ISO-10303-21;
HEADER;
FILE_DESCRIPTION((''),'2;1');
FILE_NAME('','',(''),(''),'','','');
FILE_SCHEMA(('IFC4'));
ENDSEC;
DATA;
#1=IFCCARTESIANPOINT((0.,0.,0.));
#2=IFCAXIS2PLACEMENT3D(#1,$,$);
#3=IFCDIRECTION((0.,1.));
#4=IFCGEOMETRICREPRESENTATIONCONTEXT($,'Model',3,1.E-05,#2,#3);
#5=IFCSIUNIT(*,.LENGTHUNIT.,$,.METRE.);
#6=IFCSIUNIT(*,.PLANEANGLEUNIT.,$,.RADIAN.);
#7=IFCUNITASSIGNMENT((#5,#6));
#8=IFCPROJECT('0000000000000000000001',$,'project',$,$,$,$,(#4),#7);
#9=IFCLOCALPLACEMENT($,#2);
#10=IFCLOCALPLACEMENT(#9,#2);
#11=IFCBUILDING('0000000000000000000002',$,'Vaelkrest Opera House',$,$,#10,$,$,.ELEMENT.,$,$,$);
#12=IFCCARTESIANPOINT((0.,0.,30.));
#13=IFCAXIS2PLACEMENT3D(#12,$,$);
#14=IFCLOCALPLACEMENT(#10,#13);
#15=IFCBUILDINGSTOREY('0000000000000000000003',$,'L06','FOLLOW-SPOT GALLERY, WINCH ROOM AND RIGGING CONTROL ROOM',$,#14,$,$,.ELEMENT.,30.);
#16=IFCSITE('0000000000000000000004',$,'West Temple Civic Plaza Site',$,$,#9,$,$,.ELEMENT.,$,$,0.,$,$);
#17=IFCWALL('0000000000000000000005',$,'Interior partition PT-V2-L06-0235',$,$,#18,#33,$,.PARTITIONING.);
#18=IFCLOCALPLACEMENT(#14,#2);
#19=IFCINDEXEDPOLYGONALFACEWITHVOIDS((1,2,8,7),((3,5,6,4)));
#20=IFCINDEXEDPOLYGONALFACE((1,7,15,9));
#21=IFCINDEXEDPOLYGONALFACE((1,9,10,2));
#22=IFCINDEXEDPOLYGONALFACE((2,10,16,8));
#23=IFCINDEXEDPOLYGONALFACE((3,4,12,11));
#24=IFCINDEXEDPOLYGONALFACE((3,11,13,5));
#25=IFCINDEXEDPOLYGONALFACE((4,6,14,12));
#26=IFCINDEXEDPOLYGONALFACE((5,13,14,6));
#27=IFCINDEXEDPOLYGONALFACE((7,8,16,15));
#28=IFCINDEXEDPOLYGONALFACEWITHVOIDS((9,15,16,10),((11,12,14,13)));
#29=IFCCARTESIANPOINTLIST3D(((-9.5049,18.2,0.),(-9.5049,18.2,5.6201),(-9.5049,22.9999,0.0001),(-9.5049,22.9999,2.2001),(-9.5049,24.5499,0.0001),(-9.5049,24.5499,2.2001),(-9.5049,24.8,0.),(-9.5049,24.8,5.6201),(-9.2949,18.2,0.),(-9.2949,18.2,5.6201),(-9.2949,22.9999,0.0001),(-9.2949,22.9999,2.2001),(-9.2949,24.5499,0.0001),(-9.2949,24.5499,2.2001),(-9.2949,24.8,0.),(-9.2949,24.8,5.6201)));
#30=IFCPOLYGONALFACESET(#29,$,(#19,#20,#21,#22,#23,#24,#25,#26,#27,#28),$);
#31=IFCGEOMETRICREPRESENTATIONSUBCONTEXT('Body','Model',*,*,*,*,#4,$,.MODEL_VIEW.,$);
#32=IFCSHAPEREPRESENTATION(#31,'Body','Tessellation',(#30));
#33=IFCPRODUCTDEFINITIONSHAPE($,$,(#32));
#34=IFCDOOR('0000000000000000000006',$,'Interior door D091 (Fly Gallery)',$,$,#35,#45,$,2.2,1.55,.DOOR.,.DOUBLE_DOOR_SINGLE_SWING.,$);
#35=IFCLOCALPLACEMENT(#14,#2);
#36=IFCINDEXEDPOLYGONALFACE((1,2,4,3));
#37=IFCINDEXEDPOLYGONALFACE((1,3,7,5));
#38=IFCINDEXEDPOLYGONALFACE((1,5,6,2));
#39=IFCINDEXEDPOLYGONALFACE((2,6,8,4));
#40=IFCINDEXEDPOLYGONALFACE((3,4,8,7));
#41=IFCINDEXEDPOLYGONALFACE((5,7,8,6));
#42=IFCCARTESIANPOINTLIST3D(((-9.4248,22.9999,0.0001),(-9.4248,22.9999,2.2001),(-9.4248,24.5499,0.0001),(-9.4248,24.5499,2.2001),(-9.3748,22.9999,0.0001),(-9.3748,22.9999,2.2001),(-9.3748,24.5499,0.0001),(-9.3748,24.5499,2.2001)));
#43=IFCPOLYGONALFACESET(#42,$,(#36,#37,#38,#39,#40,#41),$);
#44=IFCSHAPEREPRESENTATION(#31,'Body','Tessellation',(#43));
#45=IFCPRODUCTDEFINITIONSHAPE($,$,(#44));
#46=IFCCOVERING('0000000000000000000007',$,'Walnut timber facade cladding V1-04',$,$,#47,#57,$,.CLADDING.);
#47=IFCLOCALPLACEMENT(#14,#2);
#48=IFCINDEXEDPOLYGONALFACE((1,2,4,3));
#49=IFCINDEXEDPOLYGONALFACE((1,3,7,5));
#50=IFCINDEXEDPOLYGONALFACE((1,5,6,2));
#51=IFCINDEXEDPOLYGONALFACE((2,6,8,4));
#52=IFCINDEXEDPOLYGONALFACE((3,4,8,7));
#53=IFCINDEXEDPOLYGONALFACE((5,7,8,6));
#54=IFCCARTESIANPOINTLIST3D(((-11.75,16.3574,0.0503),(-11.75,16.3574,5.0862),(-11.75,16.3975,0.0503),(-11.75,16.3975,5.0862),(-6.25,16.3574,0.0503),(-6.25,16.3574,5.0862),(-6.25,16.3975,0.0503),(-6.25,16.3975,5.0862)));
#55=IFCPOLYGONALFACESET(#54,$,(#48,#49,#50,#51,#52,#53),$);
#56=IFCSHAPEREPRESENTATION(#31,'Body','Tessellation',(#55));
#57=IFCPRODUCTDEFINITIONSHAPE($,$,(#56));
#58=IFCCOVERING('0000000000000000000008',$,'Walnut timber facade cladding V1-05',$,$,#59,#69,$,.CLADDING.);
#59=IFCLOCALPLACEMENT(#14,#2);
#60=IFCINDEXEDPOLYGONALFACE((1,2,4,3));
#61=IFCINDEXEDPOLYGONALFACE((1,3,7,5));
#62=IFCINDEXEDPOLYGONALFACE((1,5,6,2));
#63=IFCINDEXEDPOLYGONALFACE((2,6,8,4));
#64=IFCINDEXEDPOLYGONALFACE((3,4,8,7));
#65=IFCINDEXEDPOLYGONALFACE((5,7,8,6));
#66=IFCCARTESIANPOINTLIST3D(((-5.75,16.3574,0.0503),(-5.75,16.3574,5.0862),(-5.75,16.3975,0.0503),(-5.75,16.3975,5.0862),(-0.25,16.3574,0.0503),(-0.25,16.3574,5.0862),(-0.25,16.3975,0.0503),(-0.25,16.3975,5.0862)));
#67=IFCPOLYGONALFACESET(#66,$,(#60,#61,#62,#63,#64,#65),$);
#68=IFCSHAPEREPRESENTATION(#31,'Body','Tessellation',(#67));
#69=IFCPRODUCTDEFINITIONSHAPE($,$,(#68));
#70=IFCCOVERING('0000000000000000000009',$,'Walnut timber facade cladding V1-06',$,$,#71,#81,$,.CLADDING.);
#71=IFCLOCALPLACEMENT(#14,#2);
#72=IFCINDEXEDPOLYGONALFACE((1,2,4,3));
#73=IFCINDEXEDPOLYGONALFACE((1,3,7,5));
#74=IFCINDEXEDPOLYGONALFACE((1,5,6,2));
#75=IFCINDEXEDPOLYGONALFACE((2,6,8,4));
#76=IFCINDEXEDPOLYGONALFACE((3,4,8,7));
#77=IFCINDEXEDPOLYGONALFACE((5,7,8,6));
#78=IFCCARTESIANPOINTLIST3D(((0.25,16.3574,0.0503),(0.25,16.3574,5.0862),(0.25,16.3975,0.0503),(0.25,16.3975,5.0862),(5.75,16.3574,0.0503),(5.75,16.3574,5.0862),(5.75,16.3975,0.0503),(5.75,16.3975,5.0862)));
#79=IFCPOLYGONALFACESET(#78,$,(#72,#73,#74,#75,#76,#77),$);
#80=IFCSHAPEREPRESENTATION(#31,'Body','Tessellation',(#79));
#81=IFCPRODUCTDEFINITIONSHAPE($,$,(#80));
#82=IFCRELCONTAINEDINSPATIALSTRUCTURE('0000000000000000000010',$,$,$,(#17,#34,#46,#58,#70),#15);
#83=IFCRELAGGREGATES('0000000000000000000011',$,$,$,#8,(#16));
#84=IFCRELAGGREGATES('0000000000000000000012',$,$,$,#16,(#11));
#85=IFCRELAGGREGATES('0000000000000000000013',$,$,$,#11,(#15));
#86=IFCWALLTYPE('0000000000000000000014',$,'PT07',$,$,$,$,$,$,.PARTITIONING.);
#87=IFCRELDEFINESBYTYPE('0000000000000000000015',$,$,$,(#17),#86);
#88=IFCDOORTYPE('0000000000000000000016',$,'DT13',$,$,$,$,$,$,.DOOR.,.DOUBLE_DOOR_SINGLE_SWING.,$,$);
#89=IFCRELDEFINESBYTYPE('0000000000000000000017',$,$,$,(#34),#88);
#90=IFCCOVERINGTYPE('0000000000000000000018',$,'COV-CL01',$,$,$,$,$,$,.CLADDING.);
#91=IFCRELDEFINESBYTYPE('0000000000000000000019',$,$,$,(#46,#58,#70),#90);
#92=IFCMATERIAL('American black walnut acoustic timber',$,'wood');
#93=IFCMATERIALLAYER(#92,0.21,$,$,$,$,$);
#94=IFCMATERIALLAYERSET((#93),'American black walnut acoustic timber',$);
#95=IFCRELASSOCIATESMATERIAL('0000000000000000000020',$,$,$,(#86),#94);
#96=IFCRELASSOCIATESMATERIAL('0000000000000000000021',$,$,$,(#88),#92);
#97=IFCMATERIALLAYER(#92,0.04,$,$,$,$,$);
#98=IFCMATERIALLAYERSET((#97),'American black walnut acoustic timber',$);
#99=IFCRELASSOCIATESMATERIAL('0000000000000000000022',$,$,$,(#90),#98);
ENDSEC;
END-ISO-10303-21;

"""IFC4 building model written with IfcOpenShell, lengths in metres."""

from ifc_helpers import new_model, si_unit, direction, frame, frame_2d, origin, origin_2d, place, context, subcontext, project, spatial, rectangle, extrude, material, layer, layer_set, type_object, element, fill, save


model = new_model("IFC4")

# Units and contexts
model_context = context("Model", 3, precision=1e-05, world=origin(), true_north=direction((0.0, 1.0)))
body_context = subcontext(model_context, "Body", "Model", "MODEL_VIEW")
ifc_project = project(units=[si_unit("LENGTHUNIT", "METRE"), si_unit("PLANEANGLEUNIT", "RADIAN")], contexts=[model_context])

# Site, building, storey
site_placement = place(None, origin())
site = spatial("IfcSite", under=ifc_project, at=site_placement, Name="West Temple Civic Plaza Site", CompositionType="ELEMENT", RefElevation=0.0)
building_placement = place(site_placement, origin())
building = spatial("IfcBuilding", under=site, at=building_placement, Name="Vaelkrest Opera House", CompositionType="ELEMENT")
storey_placement = place(building_placement, frame((0.0, 0.0, 30.0)))
storey = spatial("IfcBuildingStorey", under=building, at=storey_placement, Name="L06", Description="FOLLOW-SPOT GALLERY, WINCH ROOM AND RIGGING CONTROL ROOM", CompositionType="ELEMENT", Elevation=30.0)

# Shared definitions
ifc_material_1 = material(Name="American black walnut acoustic timber", Category="wood")

# Wall, opening, door
ifc_layer_1 = layer(ifc_material_1, 0.21)
ifc_layer_set_1 = layer_set([ifc_layer_1], Name="American black walnut acoustic timber")
wall_type_1 = type_object("IfcWallType", Name="PT07", PredefinedType="PARTITIONING", material=ifc_layer_set_1)
wall_placement = place(storey_placement, frame((-9.3999, 18.2, 0.0), z_axis=(0.0, 0.0, 1.0), x_axis=(0.0, 1.0, 0.0)))
wall = element("IfcWall", 1, at=wall_placement, inside=storey, type_object=wall_type_1, Name="Interior partition PT-V2-L06-0235", PredefinedType="PARTITIONING", context=body_context, shape_type="SweptSolid", body=[
    extrude(rectangle(XDim=6.6001, YDim=0.21, at=frame_2d((3.3, 0.0))), origin(), (0.0, 0.0, 1.0), 5.6201),
])
opening_placement = place(wall_placement, frame((4.8, 0.0, 0.0)))
opening = element("IfcOpeningElement", 2, at=opening_placement, cuts=wall, PredefinedType="OPENING", context=body_context, shape_type="SweptSolid", body=[
    extrude(rectangle(XDim=1.55, YDim=2.2, at=frame_2d((0.7749, 1.1001))), frame((0.0, 0.115, 0.0), z_axis=(0.0, -1.0, 0.0), x_axis=(1.0, 0.0, 0.0)), (0.0, 0.0, 1.0), 0.23),
])
door_type = type_object("IfcDoorType", Name="DT13", OperationType="DOUBLE_DOOR_SINGLE_SWING", PredefinedType="DOOR", material=ifc_material_1)
door_placement = place(opening_placement, origin())
door = element("IfcDoor", 3, at=door_placement, inside=storey, type_object=door_type, Name="Interior door D091 (Fly Gallery)", OperationType="DOUBLE_DOOR_SINGLE_SWING", OverallHeight=2.2, OverallWidth=1.55, PredefinedType="DOOR", context=body_context, shape_type="SweptSolid", body=[
    extrude(rectangle(XDim=1.55, YDim=2.2, at=frame_2d((0.7749, 1.1001))), frame((0.0, 0.0249, 0.0), z_axis=(0.0, -1.0, 0.0), x_axis=(1.0, 0.0, 0.0)), (0.0, 0.0, 1.0), 0.05),
])
fill(opening, door)

# Coverings
ifc_layer_2 = layer(ifc_material_1, 0.04)
ifc_layer_set_2 = layer_set([ifc_layer_2], Name="American black walnut acoustic timber")
covering_type = type_object("IfcCoveringType", Name="COV-CL01", PredefinedType="CLADDING", material=ifc_layer_set_2)
for number, where, z_axis, x_axis, name in (
    (4, (-9.0, 16.3774, 0.0503), (0.0, 0.0, 1.0), (1.0, 0.0, 0.0), "Walnut timber facade cladding V1-04"),
    (5, (-3.0, 16.3774, 0.0503), (0.0, 0.0, 1.0), (1.0, 0.0, 0.0), "Walnut timber facade cladding V1-05"),
    (6, (3.0, 16.3774, 0.0503), (0.0, 0.0, 1.0), (1.0, 0.0, 0.0), "Walnut timber facade cladding V1-06"),
):
    element("IfcCovering", number, at=place(storey_placement, frame(where, z_axis=z_axis, x_axis=x_axis)), inside=storey, type_object=covering_type, Name=name, PredefinedType="CLADDING", context=body_context, shape_type="SweptSolid", body=[
        extrude(rectangle(XDim=5.5, YDim=0.04, at=origin_2d()), origin(), (0.0, 0.0, 1.0), 5.0359),
    ])

save(model, "model.ifc")
